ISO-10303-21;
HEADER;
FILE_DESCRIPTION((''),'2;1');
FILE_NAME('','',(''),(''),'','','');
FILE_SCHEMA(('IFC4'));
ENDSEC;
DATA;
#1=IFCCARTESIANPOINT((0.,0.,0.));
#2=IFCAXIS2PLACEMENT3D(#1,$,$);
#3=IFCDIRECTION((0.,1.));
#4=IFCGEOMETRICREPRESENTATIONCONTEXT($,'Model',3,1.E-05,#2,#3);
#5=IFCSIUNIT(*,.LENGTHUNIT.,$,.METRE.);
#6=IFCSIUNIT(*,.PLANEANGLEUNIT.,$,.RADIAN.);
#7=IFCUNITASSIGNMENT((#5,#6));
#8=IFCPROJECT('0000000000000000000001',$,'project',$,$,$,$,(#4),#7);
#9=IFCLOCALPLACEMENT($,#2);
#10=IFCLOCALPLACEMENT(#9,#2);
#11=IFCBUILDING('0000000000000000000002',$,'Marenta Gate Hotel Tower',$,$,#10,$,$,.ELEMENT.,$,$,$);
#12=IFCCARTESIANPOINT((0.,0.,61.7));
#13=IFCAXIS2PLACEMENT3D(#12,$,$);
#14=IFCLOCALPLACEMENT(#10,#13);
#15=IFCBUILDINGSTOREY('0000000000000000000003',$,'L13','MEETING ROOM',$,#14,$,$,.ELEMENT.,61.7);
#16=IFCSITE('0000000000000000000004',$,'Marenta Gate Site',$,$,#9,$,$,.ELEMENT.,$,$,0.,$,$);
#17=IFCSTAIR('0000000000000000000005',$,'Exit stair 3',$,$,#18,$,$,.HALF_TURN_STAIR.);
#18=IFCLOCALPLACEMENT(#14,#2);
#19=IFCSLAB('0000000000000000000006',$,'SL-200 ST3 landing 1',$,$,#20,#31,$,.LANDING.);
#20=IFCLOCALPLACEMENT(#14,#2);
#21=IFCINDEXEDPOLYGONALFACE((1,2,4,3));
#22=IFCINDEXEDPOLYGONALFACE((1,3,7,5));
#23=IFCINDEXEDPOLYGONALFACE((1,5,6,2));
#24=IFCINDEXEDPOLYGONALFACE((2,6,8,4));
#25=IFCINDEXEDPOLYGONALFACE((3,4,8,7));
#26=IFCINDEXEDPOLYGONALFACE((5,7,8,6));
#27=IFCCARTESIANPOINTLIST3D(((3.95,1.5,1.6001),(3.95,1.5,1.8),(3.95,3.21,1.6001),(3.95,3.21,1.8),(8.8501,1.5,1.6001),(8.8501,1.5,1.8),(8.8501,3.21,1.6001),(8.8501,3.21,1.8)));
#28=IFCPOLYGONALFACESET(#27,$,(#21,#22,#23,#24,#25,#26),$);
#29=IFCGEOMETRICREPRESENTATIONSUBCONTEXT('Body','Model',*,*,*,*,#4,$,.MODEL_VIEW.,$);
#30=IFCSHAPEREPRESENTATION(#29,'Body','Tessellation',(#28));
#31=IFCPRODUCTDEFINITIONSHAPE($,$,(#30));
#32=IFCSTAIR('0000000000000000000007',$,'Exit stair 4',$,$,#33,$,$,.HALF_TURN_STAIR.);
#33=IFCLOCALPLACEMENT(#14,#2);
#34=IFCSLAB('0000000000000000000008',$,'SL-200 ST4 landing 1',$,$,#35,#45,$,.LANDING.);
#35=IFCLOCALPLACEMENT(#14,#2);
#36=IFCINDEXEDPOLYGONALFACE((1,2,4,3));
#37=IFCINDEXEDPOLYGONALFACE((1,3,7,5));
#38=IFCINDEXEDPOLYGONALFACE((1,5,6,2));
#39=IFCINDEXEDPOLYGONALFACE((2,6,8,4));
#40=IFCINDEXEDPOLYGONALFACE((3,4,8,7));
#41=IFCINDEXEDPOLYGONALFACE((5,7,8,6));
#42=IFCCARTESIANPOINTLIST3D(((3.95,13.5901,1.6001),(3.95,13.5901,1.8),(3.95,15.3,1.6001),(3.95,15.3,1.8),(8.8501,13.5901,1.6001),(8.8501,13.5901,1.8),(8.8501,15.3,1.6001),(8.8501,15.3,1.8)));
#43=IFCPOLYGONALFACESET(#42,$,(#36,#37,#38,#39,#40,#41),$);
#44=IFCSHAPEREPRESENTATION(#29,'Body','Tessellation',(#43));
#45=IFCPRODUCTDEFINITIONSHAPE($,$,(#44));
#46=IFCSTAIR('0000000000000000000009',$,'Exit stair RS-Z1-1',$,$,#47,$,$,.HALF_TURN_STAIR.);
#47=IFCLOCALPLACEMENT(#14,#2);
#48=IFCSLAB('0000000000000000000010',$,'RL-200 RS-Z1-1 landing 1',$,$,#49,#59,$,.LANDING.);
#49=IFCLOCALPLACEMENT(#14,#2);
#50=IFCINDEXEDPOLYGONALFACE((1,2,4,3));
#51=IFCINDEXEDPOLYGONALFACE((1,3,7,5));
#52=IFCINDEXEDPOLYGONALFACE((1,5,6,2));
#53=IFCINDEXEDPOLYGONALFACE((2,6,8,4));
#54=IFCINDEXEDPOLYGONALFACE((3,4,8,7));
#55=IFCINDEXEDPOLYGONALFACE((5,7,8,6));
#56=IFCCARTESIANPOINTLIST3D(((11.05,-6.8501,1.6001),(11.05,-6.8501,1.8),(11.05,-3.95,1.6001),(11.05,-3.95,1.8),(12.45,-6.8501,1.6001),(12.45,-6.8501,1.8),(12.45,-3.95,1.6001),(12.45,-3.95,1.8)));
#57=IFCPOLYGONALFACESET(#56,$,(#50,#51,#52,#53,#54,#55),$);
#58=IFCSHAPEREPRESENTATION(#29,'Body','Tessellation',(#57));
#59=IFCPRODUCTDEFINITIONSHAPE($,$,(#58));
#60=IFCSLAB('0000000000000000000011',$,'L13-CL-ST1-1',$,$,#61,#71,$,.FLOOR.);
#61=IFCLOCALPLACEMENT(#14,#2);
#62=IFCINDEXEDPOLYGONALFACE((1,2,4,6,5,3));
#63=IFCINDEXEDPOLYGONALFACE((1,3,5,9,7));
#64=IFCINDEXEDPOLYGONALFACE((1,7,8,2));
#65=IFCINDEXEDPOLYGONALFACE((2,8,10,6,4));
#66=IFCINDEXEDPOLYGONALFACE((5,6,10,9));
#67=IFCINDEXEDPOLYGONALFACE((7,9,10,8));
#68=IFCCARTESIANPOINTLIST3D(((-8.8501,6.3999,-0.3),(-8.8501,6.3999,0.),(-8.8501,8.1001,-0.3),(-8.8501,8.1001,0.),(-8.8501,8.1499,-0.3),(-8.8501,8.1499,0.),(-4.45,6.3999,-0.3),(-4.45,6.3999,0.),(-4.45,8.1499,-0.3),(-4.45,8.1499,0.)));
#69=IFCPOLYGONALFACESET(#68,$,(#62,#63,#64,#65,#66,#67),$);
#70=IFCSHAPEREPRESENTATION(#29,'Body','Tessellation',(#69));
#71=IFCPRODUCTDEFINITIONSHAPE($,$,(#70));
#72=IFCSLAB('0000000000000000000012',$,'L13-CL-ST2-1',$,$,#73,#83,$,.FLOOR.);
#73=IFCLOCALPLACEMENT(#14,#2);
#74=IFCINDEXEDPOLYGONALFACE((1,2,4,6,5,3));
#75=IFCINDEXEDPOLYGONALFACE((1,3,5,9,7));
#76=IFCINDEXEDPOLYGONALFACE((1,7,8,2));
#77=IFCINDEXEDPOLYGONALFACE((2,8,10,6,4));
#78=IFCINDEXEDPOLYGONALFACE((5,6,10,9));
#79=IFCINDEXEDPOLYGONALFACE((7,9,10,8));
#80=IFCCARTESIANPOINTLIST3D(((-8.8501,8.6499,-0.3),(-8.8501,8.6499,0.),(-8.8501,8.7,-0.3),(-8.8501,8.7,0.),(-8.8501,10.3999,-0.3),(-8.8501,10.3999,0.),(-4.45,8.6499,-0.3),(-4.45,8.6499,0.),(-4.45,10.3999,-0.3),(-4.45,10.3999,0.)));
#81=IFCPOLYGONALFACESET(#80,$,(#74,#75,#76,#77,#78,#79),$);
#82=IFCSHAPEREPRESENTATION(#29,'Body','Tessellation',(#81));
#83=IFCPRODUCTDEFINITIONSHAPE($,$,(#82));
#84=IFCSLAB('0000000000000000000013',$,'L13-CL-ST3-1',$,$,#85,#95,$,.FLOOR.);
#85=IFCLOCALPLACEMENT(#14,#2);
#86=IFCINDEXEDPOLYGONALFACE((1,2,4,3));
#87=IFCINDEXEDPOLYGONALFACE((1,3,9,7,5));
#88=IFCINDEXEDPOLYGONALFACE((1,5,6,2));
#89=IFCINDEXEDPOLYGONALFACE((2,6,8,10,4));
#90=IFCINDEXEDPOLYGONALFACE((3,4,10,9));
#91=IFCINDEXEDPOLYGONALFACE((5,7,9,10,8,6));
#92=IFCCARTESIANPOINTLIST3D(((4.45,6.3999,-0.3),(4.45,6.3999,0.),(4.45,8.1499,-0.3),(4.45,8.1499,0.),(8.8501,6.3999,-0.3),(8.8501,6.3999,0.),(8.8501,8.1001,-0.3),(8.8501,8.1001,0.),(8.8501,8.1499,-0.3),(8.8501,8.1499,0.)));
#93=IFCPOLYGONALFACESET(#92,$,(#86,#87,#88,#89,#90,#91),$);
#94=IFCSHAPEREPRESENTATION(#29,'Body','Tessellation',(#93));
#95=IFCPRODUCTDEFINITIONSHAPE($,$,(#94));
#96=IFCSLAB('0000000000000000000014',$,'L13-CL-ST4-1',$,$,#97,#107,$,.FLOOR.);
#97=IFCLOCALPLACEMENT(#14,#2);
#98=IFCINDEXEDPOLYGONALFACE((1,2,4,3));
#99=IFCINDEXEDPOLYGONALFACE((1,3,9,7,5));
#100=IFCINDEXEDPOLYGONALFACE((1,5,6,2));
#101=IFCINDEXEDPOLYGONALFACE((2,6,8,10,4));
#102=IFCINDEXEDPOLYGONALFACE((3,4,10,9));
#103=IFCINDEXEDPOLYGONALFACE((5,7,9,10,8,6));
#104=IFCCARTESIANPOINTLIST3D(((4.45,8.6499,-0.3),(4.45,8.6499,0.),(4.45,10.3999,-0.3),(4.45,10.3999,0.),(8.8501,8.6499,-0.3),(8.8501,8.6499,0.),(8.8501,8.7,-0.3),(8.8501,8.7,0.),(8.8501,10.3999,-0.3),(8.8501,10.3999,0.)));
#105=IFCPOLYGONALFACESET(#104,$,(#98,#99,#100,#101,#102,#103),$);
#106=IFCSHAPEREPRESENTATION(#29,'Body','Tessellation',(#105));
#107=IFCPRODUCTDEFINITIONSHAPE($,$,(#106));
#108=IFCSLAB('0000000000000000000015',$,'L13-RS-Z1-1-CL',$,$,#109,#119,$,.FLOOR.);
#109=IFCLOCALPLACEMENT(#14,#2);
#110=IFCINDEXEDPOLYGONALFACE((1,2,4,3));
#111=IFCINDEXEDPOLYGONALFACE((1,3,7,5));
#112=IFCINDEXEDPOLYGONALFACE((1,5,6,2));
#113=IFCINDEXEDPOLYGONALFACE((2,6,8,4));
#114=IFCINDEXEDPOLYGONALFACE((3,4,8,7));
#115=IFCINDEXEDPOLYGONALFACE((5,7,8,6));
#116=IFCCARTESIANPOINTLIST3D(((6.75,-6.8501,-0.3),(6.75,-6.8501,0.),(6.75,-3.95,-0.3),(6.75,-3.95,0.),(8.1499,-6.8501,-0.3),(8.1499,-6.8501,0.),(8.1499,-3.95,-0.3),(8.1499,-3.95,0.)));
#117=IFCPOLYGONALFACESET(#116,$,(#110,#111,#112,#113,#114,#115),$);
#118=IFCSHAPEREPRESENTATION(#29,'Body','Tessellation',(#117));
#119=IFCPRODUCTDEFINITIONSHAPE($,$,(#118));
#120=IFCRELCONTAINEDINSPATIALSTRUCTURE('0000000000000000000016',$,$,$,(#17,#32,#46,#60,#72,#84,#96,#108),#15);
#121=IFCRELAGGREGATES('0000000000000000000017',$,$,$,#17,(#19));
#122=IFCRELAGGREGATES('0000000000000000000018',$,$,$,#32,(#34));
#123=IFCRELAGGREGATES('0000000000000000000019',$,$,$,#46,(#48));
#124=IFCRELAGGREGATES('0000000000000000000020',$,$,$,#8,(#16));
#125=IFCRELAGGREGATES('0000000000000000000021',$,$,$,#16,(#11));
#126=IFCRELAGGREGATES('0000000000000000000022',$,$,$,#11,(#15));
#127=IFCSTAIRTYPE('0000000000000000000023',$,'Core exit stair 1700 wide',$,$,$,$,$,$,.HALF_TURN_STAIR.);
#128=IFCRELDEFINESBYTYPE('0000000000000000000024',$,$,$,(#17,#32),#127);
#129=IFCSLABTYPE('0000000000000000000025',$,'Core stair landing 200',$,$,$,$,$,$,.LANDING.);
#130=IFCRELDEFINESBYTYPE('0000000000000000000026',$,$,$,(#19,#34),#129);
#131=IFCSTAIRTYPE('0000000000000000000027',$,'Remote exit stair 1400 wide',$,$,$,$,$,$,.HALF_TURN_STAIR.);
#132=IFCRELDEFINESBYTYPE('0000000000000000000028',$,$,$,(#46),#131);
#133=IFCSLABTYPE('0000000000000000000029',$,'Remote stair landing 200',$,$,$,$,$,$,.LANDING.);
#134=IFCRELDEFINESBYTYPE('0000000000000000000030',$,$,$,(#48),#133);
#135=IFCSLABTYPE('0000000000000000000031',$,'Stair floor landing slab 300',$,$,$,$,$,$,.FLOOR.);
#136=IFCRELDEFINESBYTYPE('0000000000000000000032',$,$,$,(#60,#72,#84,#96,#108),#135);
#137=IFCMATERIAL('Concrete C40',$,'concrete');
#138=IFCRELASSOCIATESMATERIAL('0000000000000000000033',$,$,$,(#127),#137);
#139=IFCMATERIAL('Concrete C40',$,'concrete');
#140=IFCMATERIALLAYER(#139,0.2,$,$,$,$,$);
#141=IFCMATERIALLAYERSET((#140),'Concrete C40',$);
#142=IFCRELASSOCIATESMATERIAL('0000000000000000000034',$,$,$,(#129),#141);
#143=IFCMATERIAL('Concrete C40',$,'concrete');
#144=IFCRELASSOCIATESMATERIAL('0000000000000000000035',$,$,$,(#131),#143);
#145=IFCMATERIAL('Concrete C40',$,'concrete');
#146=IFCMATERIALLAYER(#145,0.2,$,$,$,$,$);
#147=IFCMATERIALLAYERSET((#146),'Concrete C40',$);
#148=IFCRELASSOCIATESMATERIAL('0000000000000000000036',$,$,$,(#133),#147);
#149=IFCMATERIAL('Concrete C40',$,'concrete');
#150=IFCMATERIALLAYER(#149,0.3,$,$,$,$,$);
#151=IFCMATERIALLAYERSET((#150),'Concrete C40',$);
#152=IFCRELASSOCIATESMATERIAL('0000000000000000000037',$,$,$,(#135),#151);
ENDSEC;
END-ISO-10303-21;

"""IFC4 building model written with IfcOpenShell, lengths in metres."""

from ifc_helpers import new_model, si_unit, direction, frame, origin, place, context, subcontext, project, spatial, polyline, outline, extrude, material, layer, layer_set, type_object, element, aggregate, save


model = new_model("IFC4")

# Units and contexts
model_context = context("Model", 3, precision=1e-05, world=origin(), true_north=direction((0.0, 1.0)))
body_context = subcontext(model_context, "Body", "Model", "MODEL_VIEW")
ifc_project = project(units=[si_unit("LENGTHUNIT", "METRE"), si_unit("PLANEANGLEUNIT", "RADIAN")], contexts=[model_context])

# Site, building, storey
site_placement = place(None, origin())
site = spatial("IfcSite", under=ifc_project, at=site_placement, Name="Marenta Gate Site", CompositionType="ELEMENT", RefElevation=0.0)
building_placement = place(site_placement, origin())
building = spatial("IfcBuilding", under=site, at=building_placement, Name="Marenta Gate Hotel Tower", CompositionType="ELEMENT")
storey_placement = place(building_placement, frame((0.0, 0.0, 61.7)))
storey = spatial("IfcBuildingStorey", under=building, at=storey_placement, Name="L13", Description="MEETING ROOM", CompositionType="ELEMENT", Elevation=61.7)

# Stairs, slabs
ifc_material_1 = material(Name="Concrete C40", Category="concrete")
stair_type_1 = type_object("IfcStairType", Name="Core exit stair 1700 wide", PredefinedType="HALF_TURN_STAIR", material=ifc_material_1)
ifc_material_2 = material(Name="Concrete C40", Category="concrete")
ifc_layer_1 = layer(ifc_material_2, 0.2)
ifc_layer_set_1 = layer_set([ifc_layer_1], Name="Concrete C40")
slab_type_1 = type_object("IfcSlabType", Name="Core stair landing 200", PredefinedType="LANDING", material=ifc_layer_set_1)
stair_1_placement = place(storey_placement, origin())
stair_1 = element("IfcStair", 1, at=stair_1_placement, inside=storey, type_object=stair_type_1, Name="Exit stair 3", PredefinedType="HALF_TURN_STAIR")
slab_1_placement = place(storey_placement, frame((0.0, 0.0, 1.6001)))
slab_1 = element("IfcSlab", 2, at=slab_1_placement, type_object=slab_type_1, Name="SL-200 ST3 landing 1", PredefinedType="LANDING", context=body_context, shape_type="SweptSolid", body=[
    extrude(outline(polyline([(3.95, 1.5), (8.8501, 1.5), (8.8501, 3.21), (3.95, 3.21), (3.95, 1.5)])), origin(), (0.0, 0.0, 1.0), 0.2),
])
aggregate(stair_1, [slab_1])
stair_2_placement = place(storey_placement, origin())
stair_2 = element("IfcStair", 3, at=stair_2_placement, inside=storey, type_object=stair_type_1, Name="Exit stair 4", PredefinedType="HALF_TURN_STAIR")
slab_2_placement = place(storey_placement, frame((0.0, 0.0, 1.6001)))
slab_2 = element("IfcSlab", 4, at=slab_2_placement, type_object=slab_type_1, Name="SL-200 ST4 landing 1", PredefinedType="LANDING", context=body_context, shape_type="SweptSolid", body=[
    extrude(outline(polyline([(3.95, 13.5901), (8.8501, 13.5901), (8.8501, 15.3), (3.95, 15.3), (3.95, 13.5901)])), origin(), (0.0, 0.0, 1.0), 0.2),
])
aggregate(stair_2, [slab_2])
ifc_material_3 = material(Name="Concrete C40", Category="concrete")
stair_type_2 = type_object("IfcStairType", Name="Remote exit stair 1400 wide", PredefinedType="HALF_TURN_STAIR", material=ifc_material_3)
stair_3_placement = place(storey_placement, origin())
stair_3 = element("IfcStair", 5, at=stair_3_placement, inside=storey, type_object=stair_type_2, Name="Exit stair RS-Z1-1", PredefinedType="HALF_TURN_STAIR")
ifc_material_4 = material(Name="Concrete C40", Category="concrete")
ifc_layer_2 = layer(ifc_material_4, 0.2)
ifc_layer_set_2 = layer_set([ifc_layer_2], Name="Concrete C40")
slab_type_2 = type_object("IfcSlabType", Name="Remote stair landing 200", PredefinedType="LANDING", material=ifc_layer_set_2)
slab_3_placement = place(storey_placement, frame((0.0, 0.0, 1.6001)))
slab_3 = element("IfcSlab", 6, at=slab_3_placement, type_object=slab_type_2, Name="RL-200 RS-Z1-1 landing 1", PredefinedType="LANDING", context=body_context, shape_type="SweptSolid", body=[
    extrude(outline(polyline([(11.05, -6.8501), (12.45, -6.8501), (12.45, -3.95), (11.05, -3.95), (11.05, -6.8501)])), origin(), (0.0, 0.0, 1.0), 0.2),
])
aggregate(stair_3, [slab_3])

# Slabs
ifc_material_5 = material(Name="Concrete C40", Category="concrete")
ifc_layer_3 = layer(ifc_material_5, 0.3)
ifc_layer_set_3 = layer_set([ifc_layer_3], Name="Concrete C40")
slab_type_3 = type_object("IfcSlabType", Name="Stair floor landing slab 300", PredefinedType="FLOOR", material=ifc_layer_set_3)
slab_4_placement = place(storey_placement, frame((0.0, 0.0, -0.3)))
element("IfcSlab", 7, at=slab_4_placement, inside=storey, type_object=slab_type_3, Name="L13-CL-ST1-1", PredefinedType="FLOOR", context=body_context, shape_type="SweptSolid", body=[
    extrude(outline(polyline([(-4.45, 6.3999), (-8.8501, 6.3999), (-8.8501, 8.1001), (-8.8501, 8.1499), (-4.45, 8.1499), (-4.45, 6.3999)])), origin(), (0.0, 0.0, 1.0), 0.3),
])
slab_5_placement = place(storey_placement, frame((0.0, 0.0, -0.3)))
element("IfcSlab", 8, at=slab_5_placement, inside=storey, type_object=slab_type_3, Name="L13-CL-ST2-1", PredefinedType="FLOOR", context=body_context, shape_type="SweptSolid", body=[
    extrude(outline(polyline([(-4.45, 8.6499), (-8.8501, 8.6499), (-8.8501, 8.7), (-8.8501, 10.3999), (-4.45, 10.3999), (-4.45, 8.6499)])), origin(), (0.0, 0.0, 1.0), 0.3),
])
slab_6_placement = place(storey_placement, frame((0.0, 0.0, -0.3)))
element("IfcSlab", 9, at=slab_6_placement, inside=storey, type_object=slab_type_3, Name="L13-CL-ST3-1", PredefinedType="FLOOR", context=body_context, shape_type="SweptSolid", body=[
    extrude(outline(polyline([(4.45, 6.3999), (4.45, 8.1499), (8.8501, 8.1499), (8.8501, 8.1001), (8.8501, 6.3999), (4.45, 6.3999)])), origin(), (0.0, 0.0, 1.0), 0.3),
])
slab_7_placement = place(storey_placement, frame((0.0, 0.0, -0.3)))
element("IfcSlab", 10, at=slab_7_placement, inside=storey, type_object=slab_type_3, Name="L13-CL-ST4-1", PredefinedType="FLOOR", context=body_context, shape_type="SweptSolid", body=[
    extrude(outline(polyline([(4.45, 8.6499), (4.45, 10.3999), (8.8501, 10.3999), (8.8501, 8.7), (8.8501, 8.6499), (4.45, 8.6499)])), origin(), (0.0, 0.0, 1.0), 0.3),
])
slab_8_placement = place(storey_placement, frame((0.0, 0.0, -0.3)))
element("IfcSlab", 11, at=slab_8_placement, inside=storey, type_object=slab_type_3, Name="L13-RS-Z1-1-CL", PredefinedType="FLOOR", context=body_context, shape_type="SweptSolid", body=[
    extrude(outline(polyline([(8.1499, -6.8501), (8.1499, -3.95), (6.75, -3.95), (6.75, -6.8501), (8.1499, -6.8501)])), origin(), (0.0, 0.0, 1.0), 0.3),
])

save(model, "model.ifc")
